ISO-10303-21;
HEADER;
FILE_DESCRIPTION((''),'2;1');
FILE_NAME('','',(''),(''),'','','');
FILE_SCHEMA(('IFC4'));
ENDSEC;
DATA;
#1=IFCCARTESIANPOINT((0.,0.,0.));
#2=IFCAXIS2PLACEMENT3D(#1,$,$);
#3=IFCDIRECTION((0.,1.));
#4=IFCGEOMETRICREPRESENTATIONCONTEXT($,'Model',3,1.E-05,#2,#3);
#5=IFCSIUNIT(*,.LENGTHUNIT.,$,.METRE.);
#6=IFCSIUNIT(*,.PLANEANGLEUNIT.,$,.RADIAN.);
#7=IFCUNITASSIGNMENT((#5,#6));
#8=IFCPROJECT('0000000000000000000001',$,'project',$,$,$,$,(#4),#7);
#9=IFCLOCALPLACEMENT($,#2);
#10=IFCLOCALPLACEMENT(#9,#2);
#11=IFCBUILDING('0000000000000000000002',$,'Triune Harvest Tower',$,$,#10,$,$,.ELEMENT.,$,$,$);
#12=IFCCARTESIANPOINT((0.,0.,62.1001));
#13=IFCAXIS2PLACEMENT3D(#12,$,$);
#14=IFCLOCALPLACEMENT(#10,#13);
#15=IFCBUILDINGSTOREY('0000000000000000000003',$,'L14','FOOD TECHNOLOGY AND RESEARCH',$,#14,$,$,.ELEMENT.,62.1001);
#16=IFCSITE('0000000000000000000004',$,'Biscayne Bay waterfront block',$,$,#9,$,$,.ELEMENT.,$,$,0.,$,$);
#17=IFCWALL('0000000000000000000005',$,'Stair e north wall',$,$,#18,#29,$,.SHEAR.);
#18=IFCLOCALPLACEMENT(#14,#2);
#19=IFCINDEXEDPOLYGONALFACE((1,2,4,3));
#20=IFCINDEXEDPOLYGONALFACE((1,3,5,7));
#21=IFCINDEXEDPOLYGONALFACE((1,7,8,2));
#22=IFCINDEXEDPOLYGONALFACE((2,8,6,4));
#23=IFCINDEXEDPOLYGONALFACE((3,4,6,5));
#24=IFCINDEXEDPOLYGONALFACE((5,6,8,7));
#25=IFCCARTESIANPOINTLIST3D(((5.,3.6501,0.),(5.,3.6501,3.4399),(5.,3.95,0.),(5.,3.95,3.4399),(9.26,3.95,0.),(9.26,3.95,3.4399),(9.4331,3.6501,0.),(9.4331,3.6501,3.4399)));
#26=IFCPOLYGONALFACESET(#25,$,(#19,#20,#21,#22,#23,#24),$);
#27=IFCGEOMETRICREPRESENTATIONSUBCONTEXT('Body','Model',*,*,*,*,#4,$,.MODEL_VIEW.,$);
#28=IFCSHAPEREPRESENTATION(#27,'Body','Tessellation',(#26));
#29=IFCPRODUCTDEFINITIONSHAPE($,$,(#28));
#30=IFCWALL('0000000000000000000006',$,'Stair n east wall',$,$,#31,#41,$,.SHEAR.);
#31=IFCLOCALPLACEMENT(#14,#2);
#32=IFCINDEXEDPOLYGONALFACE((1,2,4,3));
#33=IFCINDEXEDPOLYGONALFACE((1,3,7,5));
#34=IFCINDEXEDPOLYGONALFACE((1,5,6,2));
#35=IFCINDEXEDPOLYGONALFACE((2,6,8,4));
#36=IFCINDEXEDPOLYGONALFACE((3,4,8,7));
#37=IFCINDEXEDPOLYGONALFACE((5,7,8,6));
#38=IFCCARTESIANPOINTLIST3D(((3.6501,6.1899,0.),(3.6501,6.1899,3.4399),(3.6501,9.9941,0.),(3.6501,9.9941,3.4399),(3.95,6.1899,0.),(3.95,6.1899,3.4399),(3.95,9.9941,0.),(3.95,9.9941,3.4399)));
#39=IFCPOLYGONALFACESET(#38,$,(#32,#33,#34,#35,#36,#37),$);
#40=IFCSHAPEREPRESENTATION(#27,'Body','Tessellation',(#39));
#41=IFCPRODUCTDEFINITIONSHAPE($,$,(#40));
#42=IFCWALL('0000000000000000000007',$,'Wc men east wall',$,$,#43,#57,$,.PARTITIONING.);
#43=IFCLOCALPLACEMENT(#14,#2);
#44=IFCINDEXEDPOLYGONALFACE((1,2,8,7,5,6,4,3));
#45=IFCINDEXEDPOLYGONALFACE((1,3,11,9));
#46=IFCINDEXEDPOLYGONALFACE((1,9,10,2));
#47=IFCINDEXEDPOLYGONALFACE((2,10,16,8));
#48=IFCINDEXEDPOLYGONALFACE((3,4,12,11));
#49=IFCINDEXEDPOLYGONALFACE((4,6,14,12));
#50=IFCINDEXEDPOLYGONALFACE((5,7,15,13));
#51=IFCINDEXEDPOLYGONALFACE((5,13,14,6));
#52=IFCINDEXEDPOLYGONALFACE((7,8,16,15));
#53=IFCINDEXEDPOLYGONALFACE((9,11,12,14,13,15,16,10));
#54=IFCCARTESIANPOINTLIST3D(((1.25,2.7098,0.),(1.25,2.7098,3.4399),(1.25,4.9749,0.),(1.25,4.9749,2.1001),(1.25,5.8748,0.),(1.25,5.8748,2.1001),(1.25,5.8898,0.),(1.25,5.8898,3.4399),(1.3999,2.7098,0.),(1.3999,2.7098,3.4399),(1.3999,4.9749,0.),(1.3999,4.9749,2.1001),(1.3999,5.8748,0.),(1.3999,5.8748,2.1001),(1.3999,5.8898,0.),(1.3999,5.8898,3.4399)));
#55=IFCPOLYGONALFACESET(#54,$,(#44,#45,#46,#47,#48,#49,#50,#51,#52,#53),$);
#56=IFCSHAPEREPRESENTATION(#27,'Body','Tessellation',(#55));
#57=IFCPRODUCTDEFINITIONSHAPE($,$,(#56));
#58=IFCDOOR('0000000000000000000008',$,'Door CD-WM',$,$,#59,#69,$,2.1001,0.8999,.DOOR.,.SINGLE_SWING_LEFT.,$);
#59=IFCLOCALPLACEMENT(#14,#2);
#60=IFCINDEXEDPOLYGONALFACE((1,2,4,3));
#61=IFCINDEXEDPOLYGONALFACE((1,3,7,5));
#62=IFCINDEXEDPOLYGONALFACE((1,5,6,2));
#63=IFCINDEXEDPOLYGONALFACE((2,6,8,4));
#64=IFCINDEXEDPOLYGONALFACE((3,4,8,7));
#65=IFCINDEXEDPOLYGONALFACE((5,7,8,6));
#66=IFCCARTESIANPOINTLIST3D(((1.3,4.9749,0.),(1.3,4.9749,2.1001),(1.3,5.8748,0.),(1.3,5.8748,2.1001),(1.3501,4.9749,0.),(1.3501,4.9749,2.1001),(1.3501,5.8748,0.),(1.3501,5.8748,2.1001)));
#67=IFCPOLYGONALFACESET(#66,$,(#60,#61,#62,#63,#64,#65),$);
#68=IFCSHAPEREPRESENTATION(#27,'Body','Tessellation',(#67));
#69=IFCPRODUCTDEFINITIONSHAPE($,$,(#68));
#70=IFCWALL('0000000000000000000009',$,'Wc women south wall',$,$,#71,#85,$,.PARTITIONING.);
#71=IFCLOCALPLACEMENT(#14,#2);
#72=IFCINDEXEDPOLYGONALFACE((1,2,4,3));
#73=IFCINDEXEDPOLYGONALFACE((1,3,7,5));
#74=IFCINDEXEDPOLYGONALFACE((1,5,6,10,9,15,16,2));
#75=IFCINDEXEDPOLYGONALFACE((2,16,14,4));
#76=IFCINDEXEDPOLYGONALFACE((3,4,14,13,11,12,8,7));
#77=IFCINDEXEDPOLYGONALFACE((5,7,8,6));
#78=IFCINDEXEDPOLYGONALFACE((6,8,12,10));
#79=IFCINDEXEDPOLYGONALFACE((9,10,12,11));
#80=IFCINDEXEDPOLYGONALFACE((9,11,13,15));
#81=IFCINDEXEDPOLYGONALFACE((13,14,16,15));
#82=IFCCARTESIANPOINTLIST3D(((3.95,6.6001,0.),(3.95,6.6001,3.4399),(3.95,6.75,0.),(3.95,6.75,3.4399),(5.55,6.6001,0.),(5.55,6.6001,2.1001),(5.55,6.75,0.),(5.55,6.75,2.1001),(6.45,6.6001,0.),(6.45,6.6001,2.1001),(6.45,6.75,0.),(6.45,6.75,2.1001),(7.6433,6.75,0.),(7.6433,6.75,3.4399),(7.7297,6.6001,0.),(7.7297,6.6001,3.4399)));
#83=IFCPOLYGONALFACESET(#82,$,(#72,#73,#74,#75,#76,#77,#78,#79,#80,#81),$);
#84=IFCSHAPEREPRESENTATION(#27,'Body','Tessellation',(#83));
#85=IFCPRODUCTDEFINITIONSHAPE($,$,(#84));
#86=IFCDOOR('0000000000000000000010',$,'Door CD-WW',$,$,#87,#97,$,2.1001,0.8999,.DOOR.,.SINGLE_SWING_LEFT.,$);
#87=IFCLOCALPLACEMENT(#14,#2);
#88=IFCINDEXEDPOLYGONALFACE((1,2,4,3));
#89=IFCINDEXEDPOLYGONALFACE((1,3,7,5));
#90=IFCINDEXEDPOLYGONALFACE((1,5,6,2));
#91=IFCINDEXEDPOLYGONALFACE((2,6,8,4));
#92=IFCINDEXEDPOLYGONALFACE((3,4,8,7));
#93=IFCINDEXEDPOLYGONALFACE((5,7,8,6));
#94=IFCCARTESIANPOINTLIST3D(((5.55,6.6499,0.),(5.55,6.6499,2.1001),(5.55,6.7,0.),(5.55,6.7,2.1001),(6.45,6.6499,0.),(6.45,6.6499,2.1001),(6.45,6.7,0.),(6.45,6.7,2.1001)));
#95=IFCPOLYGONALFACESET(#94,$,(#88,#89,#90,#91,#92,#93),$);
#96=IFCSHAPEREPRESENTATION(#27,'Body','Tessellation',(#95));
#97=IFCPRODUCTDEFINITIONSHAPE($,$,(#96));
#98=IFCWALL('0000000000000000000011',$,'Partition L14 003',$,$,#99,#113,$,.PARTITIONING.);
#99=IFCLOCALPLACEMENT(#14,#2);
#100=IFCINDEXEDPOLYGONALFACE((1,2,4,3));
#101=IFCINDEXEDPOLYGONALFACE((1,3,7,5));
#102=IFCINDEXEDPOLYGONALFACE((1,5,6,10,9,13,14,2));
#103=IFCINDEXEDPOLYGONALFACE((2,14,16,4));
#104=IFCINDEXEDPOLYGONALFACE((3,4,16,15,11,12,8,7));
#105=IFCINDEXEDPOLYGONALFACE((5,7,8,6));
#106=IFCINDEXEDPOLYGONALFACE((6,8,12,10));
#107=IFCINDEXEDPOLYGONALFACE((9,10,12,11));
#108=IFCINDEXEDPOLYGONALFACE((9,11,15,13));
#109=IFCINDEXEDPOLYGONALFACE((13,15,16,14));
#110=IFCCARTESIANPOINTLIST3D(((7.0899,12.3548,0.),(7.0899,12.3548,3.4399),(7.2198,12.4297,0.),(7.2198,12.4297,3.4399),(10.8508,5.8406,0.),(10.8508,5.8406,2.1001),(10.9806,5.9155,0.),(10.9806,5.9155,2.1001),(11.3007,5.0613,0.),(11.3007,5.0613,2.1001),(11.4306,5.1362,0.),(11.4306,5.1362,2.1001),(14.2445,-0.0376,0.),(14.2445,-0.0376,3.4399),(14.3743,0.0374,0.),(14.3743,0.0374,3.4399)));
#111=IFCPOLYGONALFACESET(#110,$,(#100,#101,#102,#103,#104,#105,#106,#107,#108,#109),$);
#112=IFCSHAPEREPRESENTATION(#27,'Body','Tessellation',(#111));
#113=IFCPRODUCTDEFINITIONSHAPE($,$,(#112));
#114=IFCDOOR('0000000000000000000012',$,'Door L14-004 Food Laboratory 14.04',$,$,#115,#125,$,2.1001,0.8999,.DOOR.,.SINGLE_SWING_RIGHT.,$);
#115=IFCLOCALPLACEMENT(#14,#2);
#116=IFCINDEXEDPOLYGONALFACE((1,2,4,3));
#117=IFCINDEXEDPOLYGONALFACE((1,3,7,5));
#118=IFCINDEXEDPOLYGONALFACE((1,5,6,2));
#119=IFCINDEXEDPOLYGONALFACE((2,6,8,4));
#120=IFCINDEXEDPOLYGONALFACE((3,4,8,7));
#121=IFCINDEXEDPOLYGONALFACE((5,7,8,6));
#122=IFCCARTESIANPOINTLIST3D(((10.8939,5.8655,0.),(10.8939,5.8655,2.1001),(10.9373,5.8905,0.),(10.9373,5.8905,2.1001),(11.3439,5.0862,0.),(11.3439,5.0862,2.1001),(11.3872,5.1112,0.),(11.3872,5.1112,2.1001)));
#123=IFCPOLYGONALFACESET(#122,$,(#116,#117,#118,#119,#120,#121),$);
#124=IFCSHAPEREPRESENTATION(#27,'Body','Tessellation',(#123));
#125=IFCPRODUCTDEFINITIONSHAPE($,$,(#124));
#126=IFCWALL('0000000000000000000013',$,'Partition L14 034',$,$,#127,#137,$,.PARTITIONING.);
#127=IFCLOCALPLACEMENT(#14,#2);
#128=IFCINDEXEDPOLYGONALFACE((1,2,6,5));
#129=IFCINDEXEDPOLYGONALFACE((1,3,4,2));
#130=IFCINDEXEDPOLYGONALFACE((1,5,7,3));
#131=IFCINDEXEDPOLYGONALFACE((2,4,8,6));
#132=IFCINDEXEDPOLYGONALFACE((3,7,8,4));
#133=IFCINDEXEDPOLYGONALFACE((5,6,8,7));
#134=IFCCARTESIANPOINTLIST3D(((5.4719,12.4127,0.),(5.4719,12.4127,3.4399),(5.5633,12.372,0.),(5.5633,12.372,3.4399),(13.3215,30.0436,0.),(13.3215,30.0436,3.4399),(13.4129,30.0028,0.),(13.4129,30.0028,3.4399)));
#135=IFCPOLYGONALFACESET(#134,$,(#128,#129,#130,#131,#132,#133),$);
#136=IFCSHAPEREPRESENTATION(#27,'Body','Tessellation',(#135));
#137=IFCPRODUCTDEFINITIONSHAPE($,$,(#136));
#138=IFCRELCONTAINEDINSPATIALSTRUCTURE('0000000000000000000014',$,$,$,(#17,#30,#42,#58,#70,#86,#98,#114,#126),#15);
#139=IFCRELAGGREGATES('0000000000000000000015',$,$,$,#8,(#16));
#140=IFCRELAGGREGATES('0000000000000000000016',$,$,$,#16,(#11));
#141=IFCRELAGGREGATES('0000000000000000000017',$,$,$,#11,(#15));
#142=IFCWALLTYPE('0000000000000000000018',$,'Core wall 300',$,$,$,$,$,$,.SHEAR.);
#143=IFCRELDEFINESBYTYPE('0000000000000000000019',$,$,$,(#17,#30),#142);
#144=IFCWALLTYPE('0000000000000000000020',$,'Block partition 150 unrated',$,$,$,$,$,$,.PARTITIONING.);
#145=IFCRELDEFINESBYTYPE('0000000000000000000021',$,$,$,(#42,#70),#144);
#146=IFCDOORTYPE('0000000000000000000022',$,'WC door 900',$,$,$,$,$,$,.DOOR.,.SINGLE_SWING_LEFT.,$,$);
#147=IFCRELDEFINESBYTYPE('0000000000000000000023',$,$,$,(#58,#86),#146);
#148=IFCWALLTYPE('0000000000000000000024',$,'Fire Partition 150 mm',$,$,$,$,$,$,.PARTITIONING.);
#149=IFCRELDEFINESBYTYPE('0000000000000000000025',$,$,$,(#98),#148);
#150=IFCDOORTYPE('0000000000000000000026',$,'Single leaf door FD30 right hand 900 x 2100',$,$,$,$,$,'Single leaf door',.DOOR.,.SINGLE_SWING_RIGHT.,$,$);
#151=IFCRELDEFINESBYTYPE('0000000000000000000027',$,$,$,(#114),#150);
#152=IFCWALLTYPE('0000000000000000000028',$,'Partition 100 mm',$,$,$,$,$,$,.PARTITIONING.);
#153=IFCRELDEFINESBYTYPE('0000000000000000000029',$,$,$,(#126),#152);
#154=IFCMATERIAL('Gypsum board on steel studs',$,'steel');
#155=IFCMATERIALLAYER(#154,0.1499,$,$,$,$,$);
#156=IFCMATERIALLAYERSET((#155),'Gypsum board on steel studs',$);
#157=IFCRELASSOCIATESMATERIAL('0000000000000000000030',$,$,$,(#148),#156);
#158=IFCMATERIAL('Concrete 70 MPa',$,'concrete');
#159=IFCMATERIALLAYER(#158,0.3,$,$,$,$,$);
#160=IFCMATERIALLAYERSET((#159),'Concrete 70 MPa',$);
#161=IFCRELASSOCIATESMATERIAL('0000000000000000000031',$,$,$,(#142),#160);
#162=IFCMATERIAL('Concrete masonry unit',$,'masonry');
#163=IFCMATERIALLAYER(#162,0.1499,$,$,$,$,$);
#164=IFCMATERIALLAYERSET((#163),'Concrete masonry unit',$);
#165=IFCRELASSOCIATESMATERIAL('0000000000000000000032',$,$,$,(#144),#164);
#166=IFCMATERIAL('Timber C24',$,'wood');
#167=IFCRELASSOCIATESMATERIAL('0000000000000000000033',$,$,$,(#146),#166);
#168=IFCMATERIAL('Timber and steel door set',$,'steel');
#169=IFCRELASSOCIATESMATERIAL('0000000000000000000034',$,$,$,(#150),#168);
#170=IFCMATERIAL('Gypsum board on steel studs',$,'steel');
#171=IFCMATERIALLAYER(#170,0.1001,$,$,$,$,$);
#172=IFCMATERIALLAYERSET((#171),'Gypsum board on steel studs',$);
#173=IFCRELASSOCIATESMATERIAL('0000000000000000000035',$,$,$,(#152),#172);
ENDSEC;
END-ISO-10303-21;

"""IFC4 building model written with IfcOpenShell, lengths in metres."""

from ifc_helpers import new_model, si_unit, direction, frame, frame_2d, origin, place, context, subcontext, project, spatial, polyline, rectangle, outline, extrude, source, transform, mapped, material, layer, layer_set, type_object, element, fill, save


model = new_model("IFC4")

# Units and contexts
model_context = context("Model", 3, precision=1e-05, world=origin(), true_north=direction((0.0, 1.0)))
body_context = subcontext(model_context, "Body", "Model", "MODEL_VIEW")
ifc_project = project(units=[si_unit("LENGTHUNIT", "METRE"), si_unit("PLANEANGLEUNIT", "RADIAN")], contexts=[model_context])

# Site, building, storey
site_placement = place(None, origin())
site = spatial("IfcSite", under=ifc_project, at=site_placement, Name="Biscayne Bay waterfront block", CompositionType="ELEMENT", RefElevation=0.0)
building_placement = place(site_placement, origin())
building = spatial("IfcBuilding", under=site, at=building_placement, Name="Triune Harvest Tower", CompositionType="ELEMENT")
storey_placement = place(building_placement, frame((0.0, 0.0, 62.1001)))
storey = spatial("IfcBuildingStorey", under=building, at=storey_placement, Name="L14", Description="FOOD TECHNOLOGY AND RESEARCH", CompositionType="ELEMENT", Elevation=62.1001)

# Shared definitions
ifc_material_1 = material(Name="Gypsum board on steel studs", Category="steel")
ifc_layer_1 = layer(ifc_material_1, 0.1499)
ifc_layer_set_1 = layer_set([ifc_layer_1], Name="Gypsum board on steel studs")
wall_type_1 = type_object("IfcWallType", Name="Fire Partition 150 mm", PredefinedType="PARTITIONING", material=ifc_layer_set_1)

# Shared definitions
ifc_material_2 = material(Name="Concrete 70 MPa", Category="concrete")
ifc_layer_2 = layer(ifc_material_2, 0.3)
ifc_layer_set_2 = layer_set([ifc_layer_2], Name="Concrete 70 MPa")
wall_type_2 = type_object("IfcWallType", Name="Core wall 300", PredefinedType="SHEAR", material=ifc_layer_set_2)

# Walls
shared_shape_1 = source(origin(), body_context, "Body", "SweptSolid", [
    extrude(outline(polyline([(0.0, -0.1499), (0.0, 0.1499), (4.26, 0.1499), (4.4331, -0.1499), (0.0, -0.1499)])), origin(), (0.0, 0.0, 1.0), 3.4399),
])
wall_1_placement = place(storey_placement, frame((5.0, 3.8, 0.0), z_axis=(0.0, 0.0, 1.0), x_axis=(1.0, 0.0, 0.0)))
element("IfcWall", 1, at=wall_1_placement, inside=storey, type_object=wall_type_2, Name="Stair e north wall", PredefinedType="SHEAR", context=body_context, shape_type="MappedRepresentation", body=[
    mapped(shared_shape_1, transform((0.0, 0.0, 0.0), scale=1.0)),
])
shared_shape_2 = source(origin(), body_context, "Body", "SweptSolid", [
    extrude(outline(polyline([(0.0, -0.1499), (0.0, 0.1499), (3.8042, 0.1499), (3.8042, -0.1499), (0.0, -0.1499)])), origin(), (0.0, 0.0, 1.0), 3.4399),
])
wall_2_placement = place(storey_placement, frame((3.8, 6.1899, 0.0), z_axis=(0.0, 0.0, 1.0), x_axis=(0.0, 1.0, 0.0)))
element("IfcWall", 2, at=wall_2_placement, inside=storey, type_object=wall_type_2, Name="Stair n east wall", PredefinedType="SHEAR", context=body_context, shape_type="MappedRepresentation", body=[
    mapped(shared_shape_2, transform((0.0, 0.0, 0.0), scale=1.0)),
])

# Walls, openings, doors
ifc_material_3 = material(Name="Concrete masonry unit", Category="masonry")
ifc_layer_3 = layer(ifc_material_3, 0.1499)
ifc_layer_set_3 = layer_set([ifc_layer_3], Name="Concrete masonry unit")
wall_type_3 = type_object("IfcWallType", Name="Block partition 150 unrated", PredefinedType="PARTITIONING", material=ifc_layer_set_3)
shared_shape_3 = source(origin(), body_context, "Body", "SweptSolid", [
    extrude(rectangle(XDim=3.1799, YDim=0.1499, at=frame_2d((1.5898, 0.0))), origin(), (0.0, 0.0, 1.0), 3.4399),
])
wall_3_placement = place(storey_placement, frame((1.325, 2.71, 0.0), z_axis=(0.0, 0.0, 1.0), x_axis=(0.0, 1.0, 0.0)))
wall_3 = element("IfcWall", 3, at=wall_3_placement, inside=storey, type_object=wall_type_3, Name="Wc men east wall", PredefinedType="PARTITIONING", context=body_context, shape_type="MappedRepresentation", body=[
    mapped(shared_shape_3, transform((0.0, 0.0, 0.0), scale=1.0)),
])
opening_1_placement = place(wall_3_placement, frame((2.2649, 0.0, 0.0)))
opening_1 = element("IfcOpeningElement", 4, at=opening_1_placement, cuts=wall_3, PredefinedType="OPENING", context=body_context, shape_type="SweptSolid", body=[
    extrude(rectangle(XDim=0.8999, YDim=2.1001, at=frame_2d((0.45, 1.05))), frame((0.0, 0.085, 0.0), z_axis=(0.0, -1.0, 0.0), x_axis=(1.0, 0.0, 0.0)), (0.0, 0.0, 1.0), 0.1699),
])
ifc_material_4 = material(Name="Timber C24", Category="wood")
door_type_1 = type_object("IfcDoorType", Name="WC door 900", OperationType="SINGLE_SWING_LEFT", PredefinedType="DOOR", material=ifc_material_4)
door_1_placement = place(opening_1_placement, origin())
door_1 = element("IfcDoor", 5, at=door_1_placement, inside=storey, type_object=door_type_1, Name="Door CD-WM", OperationType="SINGLE_SWING_LEFT", OverallHeight=2.1001, OverallWidth=0.8999, PredefinedType="DOOR", context=body_context, shape_type="SweptSolid", body=[
    extrude(rectangle(XDim=0.8999, YDim=2.1001, at=frame_2d((0.45, 1.05))), frame((0.0, 0.0249, 0.0), z_axis=(0.0, -1.0, 0.0), x_axis=(1.0, 0.0, 0.0)), (0.0, 0.0, 1.0), 0.05),
])
fill(opening_1, door_1)
shared_shape_4 = source(origin(), body_context, "Body", "SweptSolid", [
    extrude(outline(polyline([(0.0, -0.075), (0.0, 0.075), (3.6934, 0.075), (3.7798, -0.075), (0.0, -0.075)])), origin(), (0.0, 0.0, 1.0), 3.4399),
])
wall_4_placement = place(storey_placement, frame((3.95, 6.675, 0.0), z_axis=(0.0, 0.0, 1.0), x_axis=(1.0, 0.0, 0.0)))
wall_4 = element("IfcWall", 6, at=wall_4_placement, inside=storey, type_object=wall_type_3, Name="Wc women south wall", PredefinedType="PARTITIONING", context=body_context, shape_type="MappedRepresentation", body=[
    mapped(shared_shape_4, transform((0.0, 0.0, 0.0), scale=1.0)),
])
opening_2_placement = place(wall_4_placement, frame((1.6001, 0.0, 0.0)))
opening_2 = element("IfcOpeningElement", 7, at=opening_2_placement, cuts=wall_4, PredefinedType="OPENING", context=body_context, shape_type="SweptSolid", body=[
    extrude(rectangle(XDim=0.8999, YDim=2.1001, at=frame_2d((0.45, 1.05))), frame((0.0, 0.085, 0.0), z_axis=(0.0, -1.0, 0.0), x_axis=(1.0, 0.0, 0.0)), (0.0, 0.0, 1.0), 0.1699),
])
door_2_placement = place(opening_2_placement, origin())
door_2 = element("IfcDoor", 8, at=door_2_placement, inside=storey, type_object=door_type_1, Name="Door CD-WW", OperationType="SINGLE_SWING_LEFT", OverallHeight=2.1001, OverallWidth=0.8999, PredefinedType="DOOR", context=body_context, shape_type="SweptSolid", body=[
    extrude(rectangle(XDim=0.8999, YDim=2.1001, at=frame_2d((0.45, 1.05))), frame((0.0, 0.0249, 0.0), z_axis=(0.0, -1.0, 0.0), x_axis=(1.0, 0.0, 0.0)), (0.0, 0.0, 1.0), 0.05),
])
fill(opening_2, door_2)
shared_shape_5 = source(origin(), body_context, "Body", "SweptSolid", [
    extrude(rectangle(XDim=14.3093, YDim=0.1499, at=frame_2d((7.1548, 0.0))), origin(), (0.0, 0.0, 1.0), 3.4399),
])
wall_5_placement = place(storey_placement, frame((7.1548, 12.3923, 0.0), z_axis=(0.0, 0.0, 1.0), x_axis=(0.499991, -0.866031, 0.0)))
wall_5 = element("IfcWall", 9, at=wall_5_placement, inside=storey, type_object=wall_type_1, Name="Partition L14 003", PredefinedType="PARTITIONING", context=body_context, shape_type="MappedRepresentation", body=[
    mapped(shared_shape_5, transform((0.0, 0.0, 0.0), scale=1.0)),
])
opening_3_placement = place(wall_5_placement, frame((7.522, 0.0, 0.0)))
opening_3 = element("IfcOpeningElement", 10, at=opening_3_placement, cuts=wall_5, PredefinedType="OPENING", context=body_context, shape_type="SweptSolid", body=[
    extrude(rectangle(XDim=0.8999, YDim=2.1001, at=frame_2d((0.45, 1.05))), frame((0.0, 0.085, 0.0), z_axis=(0.0, -1.0, 0.0), x_axis=(1.0, 0.0, 0.0)), (0.0, 0.0, 1.0), 0.1699),
])
ifc_material_5 = material(Name="Timber and steel door set", Category="steel")
door_type_2 = type_object("IfcDoorType", Name="Single leaf door FD30 right hand 900 x 2100", ElementType="Single leaf door", OperationType="SINGLE_SWING_RIGHT", PredefinedType="DOOR", material=ifc_material_5)
door_3_placement = place(opening_3_placement, origin())
door_3 = element("IfcDoor", 11, at=door_3_placement, inside=storey, type_object=door_type_2, Name="Door L14-004 Food Laboratory 14.04", OperationType="SINGLE_SWING_RIGHT", OverallHeight=2.1001, OverallWidth=0.8999, PredefinedType="DOOR", context=body_context, shape_type="SweptSolid", body=[
    extrude(rectangle(XDim=0.8999, YDim=2.1001, at=frame_2d((0.45, 1.05))), frame((0.0, 0.0249, 0.0), z_axis=(0.0, -1.0, 0.0), x_axis=(1.0, 0.0, 0.0)), (0.0, 0.0, 1.0), 0.05),
])
fill(opening_3, door_3)

# Wall
ifc_material_6 = material(Name="Gypsum board on steel studs", Category="steel")
ifc_layer_4 = layer(ifc_material_6, 0.1001)
ifc_layer_set_4 = layer_set([ifc_layer_4], Name="Gypsum board on steel studs")
wall_type_4 = type_object("IfcWallType", Name="Partition 100 mm", PredefinedType="PARTITIONING", material=ifc_layer_set_4)
shared_shape_6 = source(origin(), body_context, "Body", "SweptSolid", [
    extrude(rectangle(XDim=19.2993, YDim=0.1001, at=frame_2d((9.6497, 0.0))), origin(), (0.0, 0.0, 1.0), 3.4399),
])
wall_6_placement = place(storey_placement, frame((5.5176, 12.3923, 0.0), z_axis=(0.0, 0.0, 1.0), x_axis=(0.40673, 0.913548, 0.0)))
element("IfcWall", 12, at=wall_6_placement, inside=storey, type_object=wall_type_4, Name="Partition L14 034", PredefinedType="PARTITIONING", context=body_context, shape_type="MappedRepresentation", body=[
    mapped(shared_shape_6, transform((0.0, 0.0, 0.0), scale=1.0)),
])

save(model, "model.ifc")
